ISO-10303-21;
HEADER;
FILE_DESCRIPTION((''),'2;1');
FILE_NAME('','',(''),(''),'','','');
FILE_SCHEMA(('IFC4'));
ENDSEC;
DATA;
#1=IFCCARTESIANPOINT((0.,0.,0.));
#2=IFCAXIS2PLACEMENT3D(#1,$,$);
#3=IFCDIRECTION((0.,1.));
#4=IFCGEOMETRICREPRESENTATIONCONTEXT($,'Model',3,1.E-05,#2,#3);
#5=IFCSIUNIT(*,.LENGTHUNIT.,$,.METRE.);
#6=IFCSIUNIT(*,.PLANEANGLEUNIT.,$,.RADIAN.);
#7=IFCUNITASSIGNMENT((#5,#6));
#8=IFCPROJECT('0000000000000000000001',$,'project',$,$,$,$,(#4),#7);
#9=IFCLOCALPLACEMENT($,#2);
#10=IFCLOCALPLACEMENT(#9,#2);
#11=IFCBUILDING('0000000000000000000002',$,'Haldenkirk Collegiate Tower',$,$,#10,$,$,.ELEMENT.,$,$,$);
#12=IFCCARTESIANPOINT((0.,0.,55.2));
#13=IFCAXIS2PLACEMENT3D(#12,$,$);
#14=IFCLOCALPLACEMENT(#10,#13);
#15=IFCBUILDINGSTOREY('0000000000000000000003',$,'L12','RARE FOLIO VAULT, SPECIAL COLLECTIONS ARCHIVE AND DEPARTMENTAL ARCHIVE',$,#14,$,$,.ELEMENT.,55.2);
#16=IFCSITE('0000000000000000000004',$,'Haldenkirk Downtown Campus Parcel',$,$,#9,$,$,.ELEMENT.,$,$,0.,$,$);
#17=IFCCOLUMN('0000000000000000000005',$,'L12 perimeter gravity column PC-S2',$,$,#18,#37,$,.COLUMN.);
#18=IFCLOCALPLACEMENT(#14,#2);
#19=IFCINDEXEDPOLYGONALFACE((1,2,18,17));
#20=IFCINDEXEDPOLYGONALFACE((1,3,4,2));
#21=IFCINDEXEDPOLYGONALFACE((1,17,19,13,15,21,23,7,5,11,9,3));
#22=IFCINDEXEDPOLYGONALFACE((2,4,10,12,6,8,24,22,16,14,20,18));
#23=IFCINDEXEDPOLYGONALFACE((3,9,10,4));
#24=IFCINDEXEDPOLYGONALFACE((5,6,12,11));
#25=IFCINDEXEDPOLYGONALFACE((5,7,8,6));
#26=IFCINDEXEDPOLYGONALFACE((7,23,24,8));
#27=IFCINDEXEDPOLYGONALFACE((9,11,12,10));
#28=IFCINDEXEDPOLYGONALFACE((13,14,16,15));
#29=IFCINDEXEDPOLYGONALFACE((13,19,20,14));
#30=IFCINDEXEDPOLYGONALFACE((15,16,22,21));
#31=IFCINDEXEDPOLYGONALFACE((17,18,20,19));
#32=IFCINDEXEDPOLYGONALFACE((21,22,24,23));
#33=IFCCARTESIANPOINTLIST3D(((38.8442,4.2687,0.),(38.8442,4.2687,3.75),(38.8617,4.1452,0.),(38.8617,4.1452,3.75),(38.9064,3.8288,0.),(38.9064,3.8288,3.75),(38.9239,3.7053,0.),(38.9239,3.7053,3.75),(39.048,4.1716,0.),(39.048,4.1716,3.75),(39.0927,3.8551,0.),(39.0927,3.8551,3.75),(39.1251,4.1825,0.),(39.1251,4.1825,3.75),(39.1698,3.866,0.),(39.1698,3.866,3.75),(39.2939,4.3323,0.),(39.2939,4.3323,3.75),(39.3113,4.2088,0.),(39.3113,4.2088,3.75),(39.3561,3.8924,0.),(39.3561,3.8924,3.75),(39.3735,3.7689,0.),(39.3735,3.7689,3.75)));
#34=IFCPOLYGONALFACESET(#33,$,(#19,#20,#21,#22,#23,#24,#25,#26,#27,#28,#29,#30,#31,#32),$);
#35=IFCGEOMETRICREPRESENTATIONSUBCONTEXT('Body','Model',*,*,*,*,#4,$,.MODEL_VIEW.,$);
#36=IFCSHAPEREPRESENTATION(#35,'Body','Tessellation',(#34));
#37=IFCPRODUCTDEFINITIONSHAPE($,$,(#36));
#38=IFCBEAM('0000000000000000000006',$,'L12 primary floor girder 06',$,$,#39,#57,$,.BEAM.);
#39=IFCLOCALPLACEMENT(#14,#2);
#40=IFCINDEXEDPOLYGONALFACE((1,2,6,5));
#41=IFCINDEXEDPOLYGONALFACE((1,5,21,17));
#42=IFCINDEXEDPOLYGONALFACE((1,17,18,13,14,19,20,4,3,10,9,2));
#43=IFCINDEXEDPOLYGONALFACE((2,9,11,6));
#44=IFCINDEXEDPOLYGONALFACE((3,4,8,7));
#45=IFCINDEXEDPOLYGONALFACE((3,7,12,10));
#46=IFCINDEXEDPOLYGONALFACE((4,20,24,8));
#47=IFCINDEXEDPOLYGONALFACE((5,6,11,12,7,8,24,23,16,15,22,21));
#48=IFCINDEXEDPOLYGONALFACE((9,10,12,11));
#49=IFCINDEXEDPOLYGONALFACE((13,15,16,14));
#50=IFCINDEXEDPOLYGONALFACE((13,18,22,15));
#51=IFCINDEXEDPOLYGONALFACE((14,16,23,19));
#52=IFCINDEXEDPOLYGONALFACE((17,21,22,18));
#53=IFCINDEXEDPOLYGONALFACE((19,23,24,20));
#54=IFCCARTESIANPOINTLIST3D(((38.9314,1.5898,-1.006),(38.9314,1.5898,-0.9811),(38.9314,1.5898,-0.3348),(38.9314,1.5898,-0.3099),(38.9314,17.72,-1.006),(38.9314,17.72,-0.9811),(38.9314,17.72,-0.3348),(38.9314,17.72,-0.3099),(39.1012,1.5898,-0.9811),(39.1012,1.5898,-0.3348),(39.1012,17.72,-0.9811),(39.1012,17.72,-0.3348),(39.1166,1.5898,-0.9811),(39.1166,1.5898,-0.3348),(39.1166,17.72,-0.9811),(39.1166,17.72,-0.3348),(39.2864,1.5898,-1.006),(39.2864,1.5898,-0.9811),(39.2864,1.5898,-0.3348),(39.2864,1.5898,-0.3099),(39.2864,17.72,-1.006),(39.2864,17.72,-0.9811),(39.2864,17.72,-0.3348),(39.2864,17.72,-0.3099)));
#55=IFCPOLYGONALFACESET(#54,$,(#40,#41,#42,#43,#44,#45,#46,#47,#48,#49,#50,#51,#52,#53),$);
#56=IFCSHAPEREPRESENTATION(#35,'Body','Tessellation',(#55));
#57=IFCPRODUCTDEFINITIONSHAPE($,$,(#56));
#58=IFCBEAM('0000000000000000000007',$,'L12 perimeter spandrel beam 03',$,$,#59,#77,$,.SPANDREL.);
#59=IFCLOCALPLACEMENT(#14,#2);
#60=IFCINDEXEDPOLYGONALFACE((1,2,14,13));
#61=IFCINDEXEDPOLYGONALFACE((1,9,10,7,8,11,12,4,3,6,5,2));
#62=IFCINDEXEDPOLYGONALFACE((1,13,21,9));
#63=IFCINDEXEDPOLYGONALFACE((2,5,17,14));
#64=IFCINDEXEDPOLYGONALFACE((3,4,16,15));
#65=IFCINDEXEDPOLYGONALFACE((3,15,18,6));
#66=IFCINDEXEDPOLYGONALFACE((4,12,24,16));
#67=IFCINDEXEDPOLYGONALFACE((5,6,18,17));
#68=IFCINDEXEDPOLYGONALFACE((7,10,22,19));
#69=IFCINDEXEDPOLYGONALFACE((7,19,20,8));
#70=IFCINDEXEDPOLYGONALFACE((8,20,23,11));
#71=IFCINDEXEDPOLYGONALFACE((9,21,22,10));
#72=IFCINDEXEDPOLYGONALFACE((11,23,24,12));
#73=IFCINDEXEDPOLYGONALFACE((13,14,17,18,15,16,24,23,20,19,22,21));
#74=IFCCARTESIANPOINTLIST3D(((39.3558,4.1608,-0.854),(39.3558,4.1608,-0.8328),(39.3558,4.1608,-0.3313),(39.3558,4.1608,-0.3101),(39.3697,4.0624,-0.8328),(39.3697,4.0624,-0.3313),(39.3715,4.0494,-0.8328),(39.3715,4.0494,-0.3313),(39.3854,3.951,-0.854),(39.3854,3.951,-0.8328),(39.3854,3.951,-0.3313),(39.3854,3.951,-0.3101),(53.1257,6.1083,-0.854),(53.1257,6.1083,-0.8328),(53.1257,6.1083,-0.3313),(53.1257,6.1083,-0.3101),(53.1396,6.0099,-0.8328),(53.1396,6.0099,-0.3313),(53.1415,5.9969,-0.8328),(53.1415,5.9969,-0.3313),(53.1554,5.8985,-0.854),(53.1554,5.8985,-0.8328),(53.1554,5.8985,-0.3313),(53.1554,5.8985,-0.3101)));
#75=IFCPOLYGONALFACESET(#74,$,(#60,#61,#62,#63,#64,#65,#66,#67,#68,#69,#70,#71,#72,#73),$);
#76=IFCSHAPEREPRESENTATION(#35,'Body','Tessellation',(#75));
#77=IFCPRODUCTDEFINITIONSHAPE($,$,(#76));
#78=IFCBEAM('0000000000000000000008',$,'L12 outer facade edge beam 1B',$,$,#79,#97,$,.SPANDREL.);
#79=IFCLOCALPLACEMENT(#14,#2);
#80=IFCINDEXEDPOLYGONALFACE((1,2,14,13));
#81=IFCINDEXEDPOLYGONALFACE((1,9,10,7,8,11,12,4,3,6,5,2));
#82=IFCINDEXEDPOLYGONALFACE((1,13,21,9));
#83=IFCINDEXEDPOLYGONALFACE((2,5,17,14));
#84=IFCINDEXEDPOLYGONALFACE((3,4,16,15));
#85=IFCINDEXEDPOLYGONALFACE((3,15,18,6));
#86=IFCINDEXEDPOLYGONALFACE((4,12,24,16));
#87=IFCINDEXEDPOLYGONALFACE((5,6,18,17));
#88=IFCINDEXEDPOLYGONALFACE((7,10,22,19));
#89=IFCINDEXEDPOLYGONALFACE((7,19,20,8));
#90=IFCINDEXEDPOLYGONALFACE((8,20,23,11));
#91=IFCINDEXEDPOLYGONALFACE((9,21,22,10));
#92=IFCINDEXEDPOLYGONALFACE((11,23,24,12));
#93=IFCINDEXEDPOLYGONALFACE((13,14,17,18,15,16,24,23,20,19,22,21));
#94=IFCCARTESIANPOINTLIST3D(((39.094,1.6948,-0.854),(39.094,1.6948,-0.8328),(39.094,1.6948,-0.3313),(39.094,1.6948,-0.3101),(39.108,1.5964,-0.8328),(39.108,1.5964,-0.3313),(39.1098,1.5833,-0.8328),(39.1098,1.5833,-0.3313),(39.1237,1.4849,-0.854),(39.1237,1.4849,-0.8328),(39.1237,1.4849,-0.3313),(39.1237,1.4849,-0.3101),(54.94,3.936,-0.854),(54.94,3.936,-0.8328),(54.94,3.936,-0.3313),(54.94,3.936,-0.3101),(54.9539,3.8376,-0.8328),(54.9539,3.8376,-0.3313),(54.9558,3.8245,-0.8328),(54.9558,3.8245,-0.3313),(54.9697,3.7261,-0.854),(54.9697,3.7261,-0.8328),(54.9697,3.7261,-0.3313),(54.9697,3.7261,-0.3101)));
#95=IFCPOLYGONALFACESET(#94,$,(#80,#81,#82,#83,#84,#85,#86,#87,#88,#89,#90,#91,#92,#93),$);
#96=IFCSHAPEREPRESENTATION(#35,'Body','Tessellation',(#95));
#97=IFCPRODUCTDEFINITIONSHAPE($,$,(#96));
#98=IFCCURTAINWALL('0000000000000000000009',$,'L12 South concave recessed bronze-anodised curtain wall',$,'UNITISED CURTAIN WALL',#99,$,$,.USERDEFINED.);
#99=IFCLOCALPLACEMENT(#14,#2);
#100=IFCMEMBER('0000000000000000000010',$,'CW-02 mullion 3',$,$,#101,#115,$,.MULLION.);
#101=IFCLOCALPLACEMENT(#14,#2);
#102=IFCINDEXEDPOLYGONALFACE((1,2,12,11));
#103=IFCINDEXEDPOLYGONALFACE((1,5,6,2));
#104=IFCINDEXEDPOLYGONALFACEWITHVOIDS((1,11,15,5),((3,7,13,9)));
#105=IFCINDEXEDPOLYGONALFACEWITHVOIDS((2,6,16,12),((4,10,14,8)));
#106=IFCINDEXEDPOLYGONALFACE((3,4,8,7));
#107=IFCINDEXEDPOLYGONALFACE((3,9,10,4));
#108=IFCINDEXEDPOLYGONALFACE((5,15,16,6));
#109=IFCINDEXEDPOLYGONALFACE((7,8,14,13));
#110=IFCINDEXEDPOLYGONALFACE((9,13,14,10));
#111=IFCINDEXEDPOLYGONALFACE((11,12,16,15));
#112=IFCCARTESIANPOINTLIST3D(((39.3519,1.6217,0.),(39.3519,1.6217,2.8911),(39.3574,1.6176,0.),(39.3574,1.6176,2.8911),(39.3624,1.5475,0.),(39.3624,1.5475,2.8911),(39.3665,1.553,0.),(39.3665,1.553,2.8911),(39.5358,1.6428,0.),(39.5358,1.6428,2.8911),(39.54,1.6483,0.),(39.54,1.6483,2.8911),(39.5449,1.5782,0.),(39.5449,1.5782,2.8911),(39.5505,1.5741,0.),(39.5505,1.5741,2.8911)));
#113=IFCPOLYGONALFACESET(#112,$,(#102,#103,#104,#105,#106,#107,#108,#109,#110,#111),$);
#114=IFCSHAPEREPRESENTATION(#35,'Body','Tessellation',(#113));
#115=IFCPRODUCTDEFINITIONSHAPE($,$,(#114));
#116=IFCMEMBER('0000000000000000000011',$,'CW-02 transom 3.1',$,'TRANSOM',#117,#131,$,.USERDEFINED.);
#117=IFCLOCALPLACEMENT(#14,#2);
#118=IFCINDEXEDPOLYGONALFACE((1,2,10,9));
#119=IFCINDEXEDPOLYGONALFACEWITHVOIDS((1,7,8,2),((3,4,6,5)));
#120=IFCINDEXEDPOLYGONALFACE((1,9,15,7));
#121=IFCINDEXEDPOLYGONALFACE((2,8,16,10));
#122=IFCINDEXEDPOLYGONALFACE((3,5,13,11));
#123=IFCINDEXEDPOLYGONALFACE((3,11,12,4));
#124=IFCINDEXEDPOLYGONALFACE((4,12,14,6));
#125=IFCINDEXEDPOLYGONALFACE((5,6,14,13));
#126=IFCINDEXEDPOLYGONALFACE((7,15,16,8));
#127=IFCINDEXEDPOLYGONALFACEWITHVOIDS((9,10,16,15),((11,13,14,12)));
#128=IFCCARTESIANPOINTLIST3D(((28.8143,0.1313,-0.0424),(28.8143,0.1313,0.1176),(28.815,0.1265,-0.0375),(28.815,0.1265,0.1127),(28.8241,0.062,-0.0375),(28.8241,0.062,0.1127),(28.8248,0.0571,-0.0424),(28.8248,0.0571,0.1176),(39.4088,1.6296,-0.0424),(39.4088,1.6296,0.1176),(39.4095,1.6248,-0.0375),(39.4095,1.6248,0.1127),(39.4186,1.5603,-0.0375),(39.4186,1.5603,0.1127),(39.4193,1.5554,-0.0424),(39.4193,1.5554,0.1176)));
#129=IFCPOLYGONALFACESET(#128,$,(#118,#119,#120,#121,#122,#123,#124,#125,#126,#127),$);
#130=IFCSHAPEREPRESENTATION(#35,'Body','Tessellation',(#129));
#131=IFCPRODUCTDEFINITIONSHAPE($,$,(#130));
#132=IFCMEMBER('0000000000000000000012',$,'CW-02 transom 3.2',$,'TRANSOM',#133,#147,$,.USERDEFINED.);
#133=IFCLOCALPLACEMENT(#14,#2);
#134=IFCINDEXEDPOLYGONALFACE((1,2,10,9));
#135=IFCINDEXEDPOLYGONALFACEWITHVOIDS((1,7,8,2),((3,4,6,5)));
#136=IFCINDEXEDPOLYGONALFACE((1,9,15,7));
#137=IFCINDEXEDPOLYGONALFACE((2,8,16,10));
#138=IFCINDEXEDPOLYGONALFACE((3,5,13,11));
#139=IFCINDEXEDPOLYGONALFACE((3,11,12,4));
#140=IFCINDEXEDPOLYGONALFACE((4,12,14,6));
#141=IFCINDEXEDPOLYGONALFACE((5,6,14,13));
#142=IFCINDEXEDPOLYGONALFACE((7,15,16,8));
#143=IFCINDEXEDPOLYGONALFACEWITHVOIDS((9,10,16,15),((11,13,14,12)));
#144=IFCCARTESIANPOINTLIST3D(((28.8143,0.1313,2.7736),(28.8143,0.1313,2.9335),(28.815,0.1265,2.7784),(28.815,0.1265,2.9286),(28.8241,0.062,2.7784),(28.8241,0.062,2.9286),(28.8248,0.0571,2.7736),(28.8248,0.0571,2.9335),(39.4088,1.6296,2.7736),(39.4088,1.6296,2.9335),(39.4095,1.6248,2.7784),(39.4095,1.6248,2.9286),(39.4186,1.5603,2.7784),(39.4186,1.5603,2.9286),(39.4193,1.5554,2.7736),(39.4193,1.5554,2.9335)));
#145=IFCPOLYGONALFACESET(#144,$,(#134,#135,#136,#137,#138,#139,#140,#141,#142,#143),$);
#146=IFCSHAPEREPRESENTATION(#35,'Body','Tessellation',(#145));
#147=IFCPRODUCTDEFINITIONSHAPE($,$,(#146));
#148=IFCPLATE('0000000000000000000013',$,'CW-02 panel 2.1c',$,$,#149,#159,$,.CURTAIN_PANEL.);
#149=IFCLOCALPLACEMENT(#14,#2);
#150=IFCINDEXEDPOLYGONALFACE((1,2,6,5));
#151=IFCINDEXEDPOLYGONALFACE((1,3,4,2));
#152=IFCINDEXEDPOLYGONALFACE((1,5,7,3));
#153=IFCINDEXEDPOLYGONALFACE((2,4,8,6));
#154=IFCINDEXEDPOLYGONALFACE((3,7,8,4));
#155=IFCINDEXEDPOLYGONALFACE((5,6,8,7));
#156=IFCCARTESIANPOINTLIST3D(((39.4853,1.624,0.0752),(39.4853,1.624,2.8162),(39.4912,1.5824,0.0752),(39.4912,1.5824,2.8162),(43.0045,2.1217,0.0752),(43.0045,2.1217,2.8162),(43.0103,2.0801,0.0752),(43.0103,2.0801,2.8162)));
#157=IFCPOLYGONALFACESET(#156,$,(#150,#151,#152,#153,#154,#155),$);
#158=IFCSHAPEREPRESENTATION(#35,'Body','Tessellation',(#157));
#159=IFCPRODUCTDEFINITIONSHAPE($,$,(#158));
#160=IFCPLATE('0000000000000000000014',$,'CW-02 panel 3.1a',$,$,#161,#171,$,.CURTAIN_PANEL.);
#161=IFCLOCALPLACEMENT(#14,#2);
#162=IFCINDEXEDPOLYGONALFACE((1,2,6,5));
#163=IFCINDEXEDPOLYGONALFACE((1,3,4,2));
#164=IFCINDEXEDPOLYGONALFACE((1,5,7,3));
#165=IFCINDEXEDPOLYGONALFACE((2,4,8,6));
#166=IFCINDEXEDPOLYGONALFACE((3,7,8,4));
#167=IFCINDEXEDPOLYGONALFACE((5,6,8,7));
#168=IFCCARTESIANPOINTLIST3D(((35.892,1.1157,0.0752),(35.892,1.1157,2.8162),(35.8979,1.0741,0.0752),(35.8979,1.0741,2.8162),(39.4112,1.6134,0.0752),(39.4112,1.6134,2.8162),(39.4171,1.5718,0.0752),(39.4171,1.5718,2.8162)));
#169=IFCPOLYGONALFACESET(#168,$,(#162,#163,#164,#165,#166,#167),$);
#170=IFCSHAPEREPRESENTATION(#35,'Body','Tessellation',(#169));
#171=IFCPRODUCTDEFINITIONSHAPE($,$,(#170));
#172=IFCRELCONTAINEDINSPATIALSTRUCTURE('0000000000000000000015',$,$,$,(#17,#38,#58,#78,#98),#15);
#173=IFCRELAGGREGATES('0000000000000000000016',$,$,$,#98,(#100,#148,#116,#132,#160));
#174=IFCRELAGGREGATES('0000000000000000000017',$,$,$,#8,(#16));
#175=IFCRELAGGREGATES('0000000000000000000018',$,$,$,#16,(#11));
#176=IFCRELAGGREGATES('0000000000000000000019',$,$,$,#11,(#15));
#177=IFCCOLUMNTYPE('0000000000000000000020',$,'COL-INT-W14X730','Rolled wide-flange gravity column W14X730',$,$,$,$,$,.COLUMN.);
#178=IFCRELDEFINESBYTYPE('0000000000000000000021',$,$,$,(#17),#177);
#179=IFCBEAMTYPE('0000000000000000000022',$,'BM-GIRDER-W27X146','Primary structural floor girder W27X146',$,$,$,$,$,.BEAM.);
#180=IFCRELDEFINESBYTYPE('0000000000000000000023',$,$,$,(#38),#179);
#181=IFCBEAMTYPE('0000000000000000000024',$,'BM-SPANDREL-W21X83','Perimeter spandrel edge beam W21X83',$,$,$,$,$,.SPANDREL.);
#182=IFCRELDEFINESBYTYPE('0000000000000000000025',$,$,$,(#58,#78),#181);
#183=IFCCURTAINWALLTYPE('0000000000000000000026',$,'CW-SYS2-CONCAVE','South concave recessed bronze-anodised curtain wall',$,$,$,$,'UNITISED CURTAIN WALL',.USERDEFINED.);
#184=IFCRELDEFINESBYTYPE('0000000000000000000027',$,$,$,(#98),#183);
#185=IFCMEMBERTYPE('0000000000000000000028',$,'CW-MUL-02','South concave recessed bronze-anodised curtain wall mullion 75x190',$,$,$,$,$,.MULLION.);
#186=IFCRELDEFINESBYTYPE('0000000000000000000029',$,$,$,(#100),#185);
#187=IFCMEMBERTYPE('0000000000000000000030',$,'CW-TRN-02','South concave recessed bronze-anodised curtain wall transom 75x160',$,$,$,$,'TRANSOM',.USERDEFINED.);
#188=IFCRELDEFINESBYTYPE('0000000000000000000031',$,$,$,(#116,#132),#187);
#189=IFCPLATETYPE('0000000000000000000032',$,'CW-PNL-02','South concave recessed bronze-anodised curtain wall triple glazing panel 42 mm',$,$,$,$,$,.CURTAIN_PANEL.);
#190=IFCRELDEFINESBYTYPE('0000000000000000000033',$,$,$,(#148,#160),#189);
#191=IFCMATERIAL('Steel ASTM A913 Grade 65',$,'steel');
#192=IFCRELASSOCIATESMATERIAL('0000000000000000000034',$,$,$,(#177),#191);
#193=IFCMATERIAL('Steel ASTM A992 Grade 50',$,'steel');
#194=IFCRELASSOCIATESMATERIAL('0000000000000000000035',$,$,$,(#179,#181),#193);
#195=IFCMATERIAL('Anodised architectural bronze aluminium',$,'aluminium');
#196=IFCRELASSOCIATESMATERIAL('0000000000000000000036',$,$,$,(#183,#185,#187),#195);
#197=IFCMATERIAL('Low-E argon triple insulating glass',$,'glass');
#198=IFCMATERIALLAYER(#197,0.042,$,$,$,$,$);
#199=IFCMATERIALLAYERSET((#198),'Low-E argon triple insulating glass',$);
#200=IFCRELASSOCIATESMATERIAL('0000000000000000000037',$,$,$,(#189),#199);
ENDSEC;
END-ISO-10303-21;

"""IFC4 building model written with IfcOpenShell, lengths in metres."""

from ifc_helpers import new_model, si_unit, direction, frame, origin, origin_2d, place, context, subcontext, project, spatial, rectangle, hollow_rectangle, i_section, extrude, source, transform, mapped, material, layer, layer_set, material_profile, profile_set, type_object, element, aggregate, save


model = new_model("IFC4")

# Units and contexts
model_context = context("Model", 3, precision=1e-05, world=origin(), true_north=direction((0.0, 1.0)))
body_context = subcontext(model_context, "Body", "Model", "MODEL_VIEW")
ifc_project = project(units=[si_unit("LENGTHUNIT", "METRE"), si_unit("PLANEANGLEUNIT", "RADIAN")], contexts=[model_context])

# Site, building, storey
site_placement = place(None, origin())
site = spatial("IfcSite", under=ifc_project, at=site_placement, Name="Haldenkirk Downtown Campus Parcel", CompositionType="ELEMENT", RefElevation=0.0)
building_placement = place(site_placement, origin())
building = spatial("IfcBuilding", under=site, at=building_placement, Name="Haldenkirk Collegiate Tower", CompositionType="ELEMENT")
storey_placement = place(building_placement, frame((0.0, 0.0, 55.2)))
storey = spatial("IfcBuildingStorey", under=building, at=storey_placement, Name="L12", Description="RARE FOLIO VAULT, SPECIAL COLLECTIONS ARCHIVE AND DEPARTMENTAL ARCHIVE", CompositionType="ELEMENT", Elevation=55.2)

# Column
ifc_material_1 = material(Name="Steel ASTM A913 Grade 65", Category="steel")
ifc_material_profile_1 = material_profile(ifc_material_1, i_section(OverallWidth=0.4541, OverallDepth=0.5691, WebThickness=0.0779, FlangeThickness=0.1248, at=origin_2d()), Name="W14X730")
ifc_profile_set_1 = profile_set([ifc_material_profile_1], Name="Steel ASTM A913 Grade 65")
column_type = type_object("IfcColumnType", Name="COL-INT-W14X730", Description="Rolled wide-flange gravity column W14X730", PredefinedType="COLUMN", material=ifc_profile_set_1)
column_placement = place(storey_placement, frame((39.1089, 4.0188, 0.0), z_axis=(0.0, 0.0, 1.0), x_axis=(0.990146, 0.140037, 0.0)))
element("IfcColumn", 1, at=column_placement, inside=storey, type_object=column_type, Name="L12 perimeter gravity column PC-S2", PredefinedType="COLUMN", context=body_context, shape_type="SweptSolid", body=[
    extrude(i_section(OverallWidth=0.4541, OverallDepth=0.5691, WebThickness=0.0779, FlangeThickness=0.1248, at=origin_2d()), origin(), (0.0, 0.0, 1.0), 3.75),
])

# Beams
ifc_material_2 = material(Name="Steel ASTM A992 Grade 50", Category="steel")
ifc_material_profile_2 = material_profile(ifc_material_2, i_section(OverallWidth=0.355, OverallDepth=0.696, WebThickness=0.0154, FlangeThickness=0.0249, at=origin_2d()), Name="W27X146")
ifc_profile_set_2 = profile_set([ifc_material_profile_2], Name="Steel ASTM A992 Grade 50")
beam_type_1 = type_object("IfcBeamType", Name="BM-GIRDER-W27X146", Description="Primary structural floor girder W27X146", PredefinedType="BEAM", material=ifc_profile_set_2)
beam_1_placement = place(storey_placement, frame((39.1089, 1.5898, -0.658), z_axis=(0.0, 1.0, 0.0), x_axis=(-1.0, 0.0, 0.0)))
element("IfcBeam", 2, at=beam_1_placement, inside=storey, type_object=beam_type_1, Name="L12 primary floor girder 06", PredefinedType="BEAM", context=body_context, shape_type="SweptSolid", body=[
    extrude(i_section(OverallWidth=0.355, OverallDepth=0.696, WebThickness=0.0154, FlangeThickness=0.0249, at=origin_2d()), origin(), (0.0, 0.0, 1.0), 16.1301),
])
ifc_material_profile_3 = material_profile(ifc_material_2, i_section(OverallWidth=0.2119, OverallDepth=0.5439, WebThickness=0.0132, FlangeThickness=0.0212, at=origin_2d()), Name="W21X83")
ifc_profile_set_3 = profile_set([ifc_material_profile_3], Name="Steel ASTM A992 Grade 50")
beam_type_2 = type_object("IfcBeamType", Name="BM-SPANDREL-W21X83", Description="Perimeter spandrel edge beam W21X83", PredefinedType="SPANDREL", material=ifc_profile_set_3)
beam_2_placement = place(storey_placement, frame((39.3706, 4.0559, -0.582), z_axis=(0.990146, 0.140038, 0.0), x_axis=(-0.140038, 0.990146, 0.0)))
element("IfcBeam", 3, at=beam_2_placement, inside=storey, type_object=beam_type_2, Name="L12 perimeter spandrel beam 03", PredefinedType="SPANDREL", context=body_context, shape_type="SweptSolid", body=[
    extrude(i_section(OverallWidth=0.2119, OverallDepth=0.5439, WebThickness=0.0132, FlangeThickness=0.0212, at=origin_2d()), origin(), (0.0, 0.0, 1.0), 13.907),
])
beam_3_placement = place(storey_placement, frame((39.1089, 1.5898, -0.582), z_axis=(0.990145, 0.140044, 0.0), x_axis=(-0.140044, 0.990145, 0.0)))
element("IfcBeam", 4, at=beam_3_placement, inside=storey, type_object=beam_type_2, Name="L12 outer facade edge beam 1B", PredefinedType="SPANDREL", context=body_context, shape_type="SweptSolid", body=[
    extrude(i_section(OverallWidth=0.2119, OverallDepth=0.5439, WebThickness=0.0132, FlangeThickness=0.0212, at=origin_2d()), origin(), (0.0, 0.0, 1.0), 16.0037),
])

# Curtain wall, members, plates
ifc_material_3 = material(Name="Anodised architectural bronze aluminium", Category="aluminium")
curtain_wall_type = type_object("IfcCurtainWallType", Name="CW-SYS2-CONCAVE", Description="South concave recessed bronze-anodised curtain wall", ElementType="UNITISED CURTAIN WALL", PredefinedType="USERDEFINED", material=ifc_material_3)
curtain_wall_placement = place(storey_placement, origin())
curtain_wall = element("IfcCurtainWall", 5, at=curtain_wall_placement, inside=storey, type_object=curtain_wall_type, Name="L12 South concave recessed bronze-anodised curtain wall", ObjectType="UNITISED CURTAIN WALL", PredefinedType="USERDEFINED")
ifc_material_profile_4 = material_profile(ifc_material_3, hollow_rectangle(XDim=0.075, YDim=0.1899, WallThickness=0.0049, at=origin_2d()), Name="CW-MUL-02")
ifc_profile_set_4 = profile_set([ifc_material_profile_4], Name="Anodised architectural bronze aluminium")
member_type_1 = type_object("IfcMemberType", Name="CW-MUL-02", Description="South concave recessed bronze-anodised curtain wall mullion 75x190", PredefinedType="MULLION", material=ifc_profile_set_4)
member_1_placement = place(storey_placement, frame((39.4512, 1.5979, 0.0), z_axis=(0.0, 0.0, 1.0), x_axis=(0.140039, -0.990146, 0.0)))
member_1 = element("IfcMember", 6, at=member_1_placement, type_object=member_type_1, Name="CW-02 mullion 3", PredefinedType="MULLION", context=body_context, shape_type="SweptSolid", body=[
    extrude(hollow_rectangle(XDim=0.075, YDim=0.1899, WallThickness=0.0049, at=origin_2d()), origin(), (0.0, 0.0, 1.0), 2.8911),
])
ifc_material_profile_5 = material_profile(ifc_material_3, hollow_rectangle(XDim=0.075, YDim=0.1599, WallThickness=0.0049, at=origin_2d()), Name="CW-TRN-02")
ifc_profile_set_5 = profile_set([ifc_material_profile_5], Name="Anodised architectural bronze aluminium")
member_type_2 = type_object("IfcMemberType", Name="CW-TRN-02", Description="South concave recessed bronze-anodised curtain wall transom 75x160", ElementType="TRANSOM", PredefinedType="USERDEFINED", material=ifc_profile_set_5)
member_2_placement = place(storey_placement, frame((39.4141, 1.5925, 0.0376), z_axis=(-0.990147, -0.140028, 0.0), x_axis=(0.140028, -0.990147, 0.0)))
member_2 = element("IfcMember", 7, at=member_2_placement, type_object=member_type_2, Name="CW-02 transom 3.1", ObjectType="TRANSOM", PredefinedType="USERDEFINED", context=body_context, shape_type="SweptSolid", body=[
    extrude(hollow_rectangle(XDim=0.075, YDim=0.1599, WallThickness=0.0049, at=origin_2d()), origin(), (0.0, 0.0, 1.0), 10.7),
])
member_3_placement = place(storey_placement, frame((39.4141, 1.5925, 2.8535), z_axis=(-0.990147, -0.140028, 0.0), x_axis=(0.140028, -0.990147, 0.0)))
member_3 = element("IfcMember", 8, at=member_3_placement, type_object=member_type_2, Name="CW-02 transom 3.2", ObjectType="TRANSOM", PredefinedType="USERDEFINED", context=body_context, shape_type="SweptSolid", body=[
    extrude(hollow_rectangle(XDim=0.075, YDim=0.1599, WallThickness=0.0049, at=origin_2d()), origin(), (0.0, 0.0, 1.0), 10.7),
])
ifc_material_4 = material(Name="Low-E argon triple insulating glass", Category="glass")
ifc_layer_1 = layer(ifc_material_4, 0.042)
ifc_layer_set_1 = layer_set([ifc_layer_1], Name="Low-E argon triple insulating glass")
plate_type_1 = type_object("IfcPlateType", Name="CW-PNL-02", Description="South concave recessed bronze-anodised curtain wall triple glazing panel 42 mm", PredefinedType="CURTAIN_PANEL", material=ifc_layer_set_1)
shared_shape_1 = source(origin(), body_context, "Body", "SweptSolid", [
    extrude(rectangle(XDim=3.5542, YDim=0.042, at=origin_2d()), origin(), (0.0, 0.0, 1.0), 2.741),
])
plate_1_placement = place(storey_placement, frame((41.2478, 1.8521, 0.0752), z_axis=(0.0, 0.0, 1.0), x_axis=(-0.990146, -0.140039, 0.0)))
plate_1 = element("IfcPlate", 9, at=plate_1_placement, type_object=plate_type_1, Name="CW-02 panel 2.1c", PredefinedType="CURTAIN_PANEL", context=body_context, shape_type="MappedRepresentation", body=[
    mapped(shared_shape_1, transform((0.0, 0.0, 0.0), x_axis=(1.0, 0.0, 0.0), y_axis=(0.0, 1.0, 0.0), z_axis=(0.0, 0.0, 1.0), scale=1.0)),
])
plate_2_placement = place(storey_placement, frame((37.6545, 1.3438, 0.0752), z_axis=(0.0, 0.0, 1.0), x_axis=(-0.990146, -0.140039, 0.0)))
plate_2 = element("IfcPlate", 10, at=plate_2_placement, type_object=plate_type_1, Name="CW-02 panel 3.1a", PredefinedType="CURTAIN_PANEL", context=body_context, shape_type="MappedRepresentation", body=[
    mapped(shared_shape_1, transform((0.0, 0.0, 0.0), x_axis=(1.0, 0.0, 0.0), y_axis=(0.0, 1.0, 0.0), z_axis=(0.0, 0.0, 1.0), scale=1.0)),
])
aggregate(curtain_wall, [member_1, plate_1, member_2, member_3, plate_2])

save(model, "model.ifc")
